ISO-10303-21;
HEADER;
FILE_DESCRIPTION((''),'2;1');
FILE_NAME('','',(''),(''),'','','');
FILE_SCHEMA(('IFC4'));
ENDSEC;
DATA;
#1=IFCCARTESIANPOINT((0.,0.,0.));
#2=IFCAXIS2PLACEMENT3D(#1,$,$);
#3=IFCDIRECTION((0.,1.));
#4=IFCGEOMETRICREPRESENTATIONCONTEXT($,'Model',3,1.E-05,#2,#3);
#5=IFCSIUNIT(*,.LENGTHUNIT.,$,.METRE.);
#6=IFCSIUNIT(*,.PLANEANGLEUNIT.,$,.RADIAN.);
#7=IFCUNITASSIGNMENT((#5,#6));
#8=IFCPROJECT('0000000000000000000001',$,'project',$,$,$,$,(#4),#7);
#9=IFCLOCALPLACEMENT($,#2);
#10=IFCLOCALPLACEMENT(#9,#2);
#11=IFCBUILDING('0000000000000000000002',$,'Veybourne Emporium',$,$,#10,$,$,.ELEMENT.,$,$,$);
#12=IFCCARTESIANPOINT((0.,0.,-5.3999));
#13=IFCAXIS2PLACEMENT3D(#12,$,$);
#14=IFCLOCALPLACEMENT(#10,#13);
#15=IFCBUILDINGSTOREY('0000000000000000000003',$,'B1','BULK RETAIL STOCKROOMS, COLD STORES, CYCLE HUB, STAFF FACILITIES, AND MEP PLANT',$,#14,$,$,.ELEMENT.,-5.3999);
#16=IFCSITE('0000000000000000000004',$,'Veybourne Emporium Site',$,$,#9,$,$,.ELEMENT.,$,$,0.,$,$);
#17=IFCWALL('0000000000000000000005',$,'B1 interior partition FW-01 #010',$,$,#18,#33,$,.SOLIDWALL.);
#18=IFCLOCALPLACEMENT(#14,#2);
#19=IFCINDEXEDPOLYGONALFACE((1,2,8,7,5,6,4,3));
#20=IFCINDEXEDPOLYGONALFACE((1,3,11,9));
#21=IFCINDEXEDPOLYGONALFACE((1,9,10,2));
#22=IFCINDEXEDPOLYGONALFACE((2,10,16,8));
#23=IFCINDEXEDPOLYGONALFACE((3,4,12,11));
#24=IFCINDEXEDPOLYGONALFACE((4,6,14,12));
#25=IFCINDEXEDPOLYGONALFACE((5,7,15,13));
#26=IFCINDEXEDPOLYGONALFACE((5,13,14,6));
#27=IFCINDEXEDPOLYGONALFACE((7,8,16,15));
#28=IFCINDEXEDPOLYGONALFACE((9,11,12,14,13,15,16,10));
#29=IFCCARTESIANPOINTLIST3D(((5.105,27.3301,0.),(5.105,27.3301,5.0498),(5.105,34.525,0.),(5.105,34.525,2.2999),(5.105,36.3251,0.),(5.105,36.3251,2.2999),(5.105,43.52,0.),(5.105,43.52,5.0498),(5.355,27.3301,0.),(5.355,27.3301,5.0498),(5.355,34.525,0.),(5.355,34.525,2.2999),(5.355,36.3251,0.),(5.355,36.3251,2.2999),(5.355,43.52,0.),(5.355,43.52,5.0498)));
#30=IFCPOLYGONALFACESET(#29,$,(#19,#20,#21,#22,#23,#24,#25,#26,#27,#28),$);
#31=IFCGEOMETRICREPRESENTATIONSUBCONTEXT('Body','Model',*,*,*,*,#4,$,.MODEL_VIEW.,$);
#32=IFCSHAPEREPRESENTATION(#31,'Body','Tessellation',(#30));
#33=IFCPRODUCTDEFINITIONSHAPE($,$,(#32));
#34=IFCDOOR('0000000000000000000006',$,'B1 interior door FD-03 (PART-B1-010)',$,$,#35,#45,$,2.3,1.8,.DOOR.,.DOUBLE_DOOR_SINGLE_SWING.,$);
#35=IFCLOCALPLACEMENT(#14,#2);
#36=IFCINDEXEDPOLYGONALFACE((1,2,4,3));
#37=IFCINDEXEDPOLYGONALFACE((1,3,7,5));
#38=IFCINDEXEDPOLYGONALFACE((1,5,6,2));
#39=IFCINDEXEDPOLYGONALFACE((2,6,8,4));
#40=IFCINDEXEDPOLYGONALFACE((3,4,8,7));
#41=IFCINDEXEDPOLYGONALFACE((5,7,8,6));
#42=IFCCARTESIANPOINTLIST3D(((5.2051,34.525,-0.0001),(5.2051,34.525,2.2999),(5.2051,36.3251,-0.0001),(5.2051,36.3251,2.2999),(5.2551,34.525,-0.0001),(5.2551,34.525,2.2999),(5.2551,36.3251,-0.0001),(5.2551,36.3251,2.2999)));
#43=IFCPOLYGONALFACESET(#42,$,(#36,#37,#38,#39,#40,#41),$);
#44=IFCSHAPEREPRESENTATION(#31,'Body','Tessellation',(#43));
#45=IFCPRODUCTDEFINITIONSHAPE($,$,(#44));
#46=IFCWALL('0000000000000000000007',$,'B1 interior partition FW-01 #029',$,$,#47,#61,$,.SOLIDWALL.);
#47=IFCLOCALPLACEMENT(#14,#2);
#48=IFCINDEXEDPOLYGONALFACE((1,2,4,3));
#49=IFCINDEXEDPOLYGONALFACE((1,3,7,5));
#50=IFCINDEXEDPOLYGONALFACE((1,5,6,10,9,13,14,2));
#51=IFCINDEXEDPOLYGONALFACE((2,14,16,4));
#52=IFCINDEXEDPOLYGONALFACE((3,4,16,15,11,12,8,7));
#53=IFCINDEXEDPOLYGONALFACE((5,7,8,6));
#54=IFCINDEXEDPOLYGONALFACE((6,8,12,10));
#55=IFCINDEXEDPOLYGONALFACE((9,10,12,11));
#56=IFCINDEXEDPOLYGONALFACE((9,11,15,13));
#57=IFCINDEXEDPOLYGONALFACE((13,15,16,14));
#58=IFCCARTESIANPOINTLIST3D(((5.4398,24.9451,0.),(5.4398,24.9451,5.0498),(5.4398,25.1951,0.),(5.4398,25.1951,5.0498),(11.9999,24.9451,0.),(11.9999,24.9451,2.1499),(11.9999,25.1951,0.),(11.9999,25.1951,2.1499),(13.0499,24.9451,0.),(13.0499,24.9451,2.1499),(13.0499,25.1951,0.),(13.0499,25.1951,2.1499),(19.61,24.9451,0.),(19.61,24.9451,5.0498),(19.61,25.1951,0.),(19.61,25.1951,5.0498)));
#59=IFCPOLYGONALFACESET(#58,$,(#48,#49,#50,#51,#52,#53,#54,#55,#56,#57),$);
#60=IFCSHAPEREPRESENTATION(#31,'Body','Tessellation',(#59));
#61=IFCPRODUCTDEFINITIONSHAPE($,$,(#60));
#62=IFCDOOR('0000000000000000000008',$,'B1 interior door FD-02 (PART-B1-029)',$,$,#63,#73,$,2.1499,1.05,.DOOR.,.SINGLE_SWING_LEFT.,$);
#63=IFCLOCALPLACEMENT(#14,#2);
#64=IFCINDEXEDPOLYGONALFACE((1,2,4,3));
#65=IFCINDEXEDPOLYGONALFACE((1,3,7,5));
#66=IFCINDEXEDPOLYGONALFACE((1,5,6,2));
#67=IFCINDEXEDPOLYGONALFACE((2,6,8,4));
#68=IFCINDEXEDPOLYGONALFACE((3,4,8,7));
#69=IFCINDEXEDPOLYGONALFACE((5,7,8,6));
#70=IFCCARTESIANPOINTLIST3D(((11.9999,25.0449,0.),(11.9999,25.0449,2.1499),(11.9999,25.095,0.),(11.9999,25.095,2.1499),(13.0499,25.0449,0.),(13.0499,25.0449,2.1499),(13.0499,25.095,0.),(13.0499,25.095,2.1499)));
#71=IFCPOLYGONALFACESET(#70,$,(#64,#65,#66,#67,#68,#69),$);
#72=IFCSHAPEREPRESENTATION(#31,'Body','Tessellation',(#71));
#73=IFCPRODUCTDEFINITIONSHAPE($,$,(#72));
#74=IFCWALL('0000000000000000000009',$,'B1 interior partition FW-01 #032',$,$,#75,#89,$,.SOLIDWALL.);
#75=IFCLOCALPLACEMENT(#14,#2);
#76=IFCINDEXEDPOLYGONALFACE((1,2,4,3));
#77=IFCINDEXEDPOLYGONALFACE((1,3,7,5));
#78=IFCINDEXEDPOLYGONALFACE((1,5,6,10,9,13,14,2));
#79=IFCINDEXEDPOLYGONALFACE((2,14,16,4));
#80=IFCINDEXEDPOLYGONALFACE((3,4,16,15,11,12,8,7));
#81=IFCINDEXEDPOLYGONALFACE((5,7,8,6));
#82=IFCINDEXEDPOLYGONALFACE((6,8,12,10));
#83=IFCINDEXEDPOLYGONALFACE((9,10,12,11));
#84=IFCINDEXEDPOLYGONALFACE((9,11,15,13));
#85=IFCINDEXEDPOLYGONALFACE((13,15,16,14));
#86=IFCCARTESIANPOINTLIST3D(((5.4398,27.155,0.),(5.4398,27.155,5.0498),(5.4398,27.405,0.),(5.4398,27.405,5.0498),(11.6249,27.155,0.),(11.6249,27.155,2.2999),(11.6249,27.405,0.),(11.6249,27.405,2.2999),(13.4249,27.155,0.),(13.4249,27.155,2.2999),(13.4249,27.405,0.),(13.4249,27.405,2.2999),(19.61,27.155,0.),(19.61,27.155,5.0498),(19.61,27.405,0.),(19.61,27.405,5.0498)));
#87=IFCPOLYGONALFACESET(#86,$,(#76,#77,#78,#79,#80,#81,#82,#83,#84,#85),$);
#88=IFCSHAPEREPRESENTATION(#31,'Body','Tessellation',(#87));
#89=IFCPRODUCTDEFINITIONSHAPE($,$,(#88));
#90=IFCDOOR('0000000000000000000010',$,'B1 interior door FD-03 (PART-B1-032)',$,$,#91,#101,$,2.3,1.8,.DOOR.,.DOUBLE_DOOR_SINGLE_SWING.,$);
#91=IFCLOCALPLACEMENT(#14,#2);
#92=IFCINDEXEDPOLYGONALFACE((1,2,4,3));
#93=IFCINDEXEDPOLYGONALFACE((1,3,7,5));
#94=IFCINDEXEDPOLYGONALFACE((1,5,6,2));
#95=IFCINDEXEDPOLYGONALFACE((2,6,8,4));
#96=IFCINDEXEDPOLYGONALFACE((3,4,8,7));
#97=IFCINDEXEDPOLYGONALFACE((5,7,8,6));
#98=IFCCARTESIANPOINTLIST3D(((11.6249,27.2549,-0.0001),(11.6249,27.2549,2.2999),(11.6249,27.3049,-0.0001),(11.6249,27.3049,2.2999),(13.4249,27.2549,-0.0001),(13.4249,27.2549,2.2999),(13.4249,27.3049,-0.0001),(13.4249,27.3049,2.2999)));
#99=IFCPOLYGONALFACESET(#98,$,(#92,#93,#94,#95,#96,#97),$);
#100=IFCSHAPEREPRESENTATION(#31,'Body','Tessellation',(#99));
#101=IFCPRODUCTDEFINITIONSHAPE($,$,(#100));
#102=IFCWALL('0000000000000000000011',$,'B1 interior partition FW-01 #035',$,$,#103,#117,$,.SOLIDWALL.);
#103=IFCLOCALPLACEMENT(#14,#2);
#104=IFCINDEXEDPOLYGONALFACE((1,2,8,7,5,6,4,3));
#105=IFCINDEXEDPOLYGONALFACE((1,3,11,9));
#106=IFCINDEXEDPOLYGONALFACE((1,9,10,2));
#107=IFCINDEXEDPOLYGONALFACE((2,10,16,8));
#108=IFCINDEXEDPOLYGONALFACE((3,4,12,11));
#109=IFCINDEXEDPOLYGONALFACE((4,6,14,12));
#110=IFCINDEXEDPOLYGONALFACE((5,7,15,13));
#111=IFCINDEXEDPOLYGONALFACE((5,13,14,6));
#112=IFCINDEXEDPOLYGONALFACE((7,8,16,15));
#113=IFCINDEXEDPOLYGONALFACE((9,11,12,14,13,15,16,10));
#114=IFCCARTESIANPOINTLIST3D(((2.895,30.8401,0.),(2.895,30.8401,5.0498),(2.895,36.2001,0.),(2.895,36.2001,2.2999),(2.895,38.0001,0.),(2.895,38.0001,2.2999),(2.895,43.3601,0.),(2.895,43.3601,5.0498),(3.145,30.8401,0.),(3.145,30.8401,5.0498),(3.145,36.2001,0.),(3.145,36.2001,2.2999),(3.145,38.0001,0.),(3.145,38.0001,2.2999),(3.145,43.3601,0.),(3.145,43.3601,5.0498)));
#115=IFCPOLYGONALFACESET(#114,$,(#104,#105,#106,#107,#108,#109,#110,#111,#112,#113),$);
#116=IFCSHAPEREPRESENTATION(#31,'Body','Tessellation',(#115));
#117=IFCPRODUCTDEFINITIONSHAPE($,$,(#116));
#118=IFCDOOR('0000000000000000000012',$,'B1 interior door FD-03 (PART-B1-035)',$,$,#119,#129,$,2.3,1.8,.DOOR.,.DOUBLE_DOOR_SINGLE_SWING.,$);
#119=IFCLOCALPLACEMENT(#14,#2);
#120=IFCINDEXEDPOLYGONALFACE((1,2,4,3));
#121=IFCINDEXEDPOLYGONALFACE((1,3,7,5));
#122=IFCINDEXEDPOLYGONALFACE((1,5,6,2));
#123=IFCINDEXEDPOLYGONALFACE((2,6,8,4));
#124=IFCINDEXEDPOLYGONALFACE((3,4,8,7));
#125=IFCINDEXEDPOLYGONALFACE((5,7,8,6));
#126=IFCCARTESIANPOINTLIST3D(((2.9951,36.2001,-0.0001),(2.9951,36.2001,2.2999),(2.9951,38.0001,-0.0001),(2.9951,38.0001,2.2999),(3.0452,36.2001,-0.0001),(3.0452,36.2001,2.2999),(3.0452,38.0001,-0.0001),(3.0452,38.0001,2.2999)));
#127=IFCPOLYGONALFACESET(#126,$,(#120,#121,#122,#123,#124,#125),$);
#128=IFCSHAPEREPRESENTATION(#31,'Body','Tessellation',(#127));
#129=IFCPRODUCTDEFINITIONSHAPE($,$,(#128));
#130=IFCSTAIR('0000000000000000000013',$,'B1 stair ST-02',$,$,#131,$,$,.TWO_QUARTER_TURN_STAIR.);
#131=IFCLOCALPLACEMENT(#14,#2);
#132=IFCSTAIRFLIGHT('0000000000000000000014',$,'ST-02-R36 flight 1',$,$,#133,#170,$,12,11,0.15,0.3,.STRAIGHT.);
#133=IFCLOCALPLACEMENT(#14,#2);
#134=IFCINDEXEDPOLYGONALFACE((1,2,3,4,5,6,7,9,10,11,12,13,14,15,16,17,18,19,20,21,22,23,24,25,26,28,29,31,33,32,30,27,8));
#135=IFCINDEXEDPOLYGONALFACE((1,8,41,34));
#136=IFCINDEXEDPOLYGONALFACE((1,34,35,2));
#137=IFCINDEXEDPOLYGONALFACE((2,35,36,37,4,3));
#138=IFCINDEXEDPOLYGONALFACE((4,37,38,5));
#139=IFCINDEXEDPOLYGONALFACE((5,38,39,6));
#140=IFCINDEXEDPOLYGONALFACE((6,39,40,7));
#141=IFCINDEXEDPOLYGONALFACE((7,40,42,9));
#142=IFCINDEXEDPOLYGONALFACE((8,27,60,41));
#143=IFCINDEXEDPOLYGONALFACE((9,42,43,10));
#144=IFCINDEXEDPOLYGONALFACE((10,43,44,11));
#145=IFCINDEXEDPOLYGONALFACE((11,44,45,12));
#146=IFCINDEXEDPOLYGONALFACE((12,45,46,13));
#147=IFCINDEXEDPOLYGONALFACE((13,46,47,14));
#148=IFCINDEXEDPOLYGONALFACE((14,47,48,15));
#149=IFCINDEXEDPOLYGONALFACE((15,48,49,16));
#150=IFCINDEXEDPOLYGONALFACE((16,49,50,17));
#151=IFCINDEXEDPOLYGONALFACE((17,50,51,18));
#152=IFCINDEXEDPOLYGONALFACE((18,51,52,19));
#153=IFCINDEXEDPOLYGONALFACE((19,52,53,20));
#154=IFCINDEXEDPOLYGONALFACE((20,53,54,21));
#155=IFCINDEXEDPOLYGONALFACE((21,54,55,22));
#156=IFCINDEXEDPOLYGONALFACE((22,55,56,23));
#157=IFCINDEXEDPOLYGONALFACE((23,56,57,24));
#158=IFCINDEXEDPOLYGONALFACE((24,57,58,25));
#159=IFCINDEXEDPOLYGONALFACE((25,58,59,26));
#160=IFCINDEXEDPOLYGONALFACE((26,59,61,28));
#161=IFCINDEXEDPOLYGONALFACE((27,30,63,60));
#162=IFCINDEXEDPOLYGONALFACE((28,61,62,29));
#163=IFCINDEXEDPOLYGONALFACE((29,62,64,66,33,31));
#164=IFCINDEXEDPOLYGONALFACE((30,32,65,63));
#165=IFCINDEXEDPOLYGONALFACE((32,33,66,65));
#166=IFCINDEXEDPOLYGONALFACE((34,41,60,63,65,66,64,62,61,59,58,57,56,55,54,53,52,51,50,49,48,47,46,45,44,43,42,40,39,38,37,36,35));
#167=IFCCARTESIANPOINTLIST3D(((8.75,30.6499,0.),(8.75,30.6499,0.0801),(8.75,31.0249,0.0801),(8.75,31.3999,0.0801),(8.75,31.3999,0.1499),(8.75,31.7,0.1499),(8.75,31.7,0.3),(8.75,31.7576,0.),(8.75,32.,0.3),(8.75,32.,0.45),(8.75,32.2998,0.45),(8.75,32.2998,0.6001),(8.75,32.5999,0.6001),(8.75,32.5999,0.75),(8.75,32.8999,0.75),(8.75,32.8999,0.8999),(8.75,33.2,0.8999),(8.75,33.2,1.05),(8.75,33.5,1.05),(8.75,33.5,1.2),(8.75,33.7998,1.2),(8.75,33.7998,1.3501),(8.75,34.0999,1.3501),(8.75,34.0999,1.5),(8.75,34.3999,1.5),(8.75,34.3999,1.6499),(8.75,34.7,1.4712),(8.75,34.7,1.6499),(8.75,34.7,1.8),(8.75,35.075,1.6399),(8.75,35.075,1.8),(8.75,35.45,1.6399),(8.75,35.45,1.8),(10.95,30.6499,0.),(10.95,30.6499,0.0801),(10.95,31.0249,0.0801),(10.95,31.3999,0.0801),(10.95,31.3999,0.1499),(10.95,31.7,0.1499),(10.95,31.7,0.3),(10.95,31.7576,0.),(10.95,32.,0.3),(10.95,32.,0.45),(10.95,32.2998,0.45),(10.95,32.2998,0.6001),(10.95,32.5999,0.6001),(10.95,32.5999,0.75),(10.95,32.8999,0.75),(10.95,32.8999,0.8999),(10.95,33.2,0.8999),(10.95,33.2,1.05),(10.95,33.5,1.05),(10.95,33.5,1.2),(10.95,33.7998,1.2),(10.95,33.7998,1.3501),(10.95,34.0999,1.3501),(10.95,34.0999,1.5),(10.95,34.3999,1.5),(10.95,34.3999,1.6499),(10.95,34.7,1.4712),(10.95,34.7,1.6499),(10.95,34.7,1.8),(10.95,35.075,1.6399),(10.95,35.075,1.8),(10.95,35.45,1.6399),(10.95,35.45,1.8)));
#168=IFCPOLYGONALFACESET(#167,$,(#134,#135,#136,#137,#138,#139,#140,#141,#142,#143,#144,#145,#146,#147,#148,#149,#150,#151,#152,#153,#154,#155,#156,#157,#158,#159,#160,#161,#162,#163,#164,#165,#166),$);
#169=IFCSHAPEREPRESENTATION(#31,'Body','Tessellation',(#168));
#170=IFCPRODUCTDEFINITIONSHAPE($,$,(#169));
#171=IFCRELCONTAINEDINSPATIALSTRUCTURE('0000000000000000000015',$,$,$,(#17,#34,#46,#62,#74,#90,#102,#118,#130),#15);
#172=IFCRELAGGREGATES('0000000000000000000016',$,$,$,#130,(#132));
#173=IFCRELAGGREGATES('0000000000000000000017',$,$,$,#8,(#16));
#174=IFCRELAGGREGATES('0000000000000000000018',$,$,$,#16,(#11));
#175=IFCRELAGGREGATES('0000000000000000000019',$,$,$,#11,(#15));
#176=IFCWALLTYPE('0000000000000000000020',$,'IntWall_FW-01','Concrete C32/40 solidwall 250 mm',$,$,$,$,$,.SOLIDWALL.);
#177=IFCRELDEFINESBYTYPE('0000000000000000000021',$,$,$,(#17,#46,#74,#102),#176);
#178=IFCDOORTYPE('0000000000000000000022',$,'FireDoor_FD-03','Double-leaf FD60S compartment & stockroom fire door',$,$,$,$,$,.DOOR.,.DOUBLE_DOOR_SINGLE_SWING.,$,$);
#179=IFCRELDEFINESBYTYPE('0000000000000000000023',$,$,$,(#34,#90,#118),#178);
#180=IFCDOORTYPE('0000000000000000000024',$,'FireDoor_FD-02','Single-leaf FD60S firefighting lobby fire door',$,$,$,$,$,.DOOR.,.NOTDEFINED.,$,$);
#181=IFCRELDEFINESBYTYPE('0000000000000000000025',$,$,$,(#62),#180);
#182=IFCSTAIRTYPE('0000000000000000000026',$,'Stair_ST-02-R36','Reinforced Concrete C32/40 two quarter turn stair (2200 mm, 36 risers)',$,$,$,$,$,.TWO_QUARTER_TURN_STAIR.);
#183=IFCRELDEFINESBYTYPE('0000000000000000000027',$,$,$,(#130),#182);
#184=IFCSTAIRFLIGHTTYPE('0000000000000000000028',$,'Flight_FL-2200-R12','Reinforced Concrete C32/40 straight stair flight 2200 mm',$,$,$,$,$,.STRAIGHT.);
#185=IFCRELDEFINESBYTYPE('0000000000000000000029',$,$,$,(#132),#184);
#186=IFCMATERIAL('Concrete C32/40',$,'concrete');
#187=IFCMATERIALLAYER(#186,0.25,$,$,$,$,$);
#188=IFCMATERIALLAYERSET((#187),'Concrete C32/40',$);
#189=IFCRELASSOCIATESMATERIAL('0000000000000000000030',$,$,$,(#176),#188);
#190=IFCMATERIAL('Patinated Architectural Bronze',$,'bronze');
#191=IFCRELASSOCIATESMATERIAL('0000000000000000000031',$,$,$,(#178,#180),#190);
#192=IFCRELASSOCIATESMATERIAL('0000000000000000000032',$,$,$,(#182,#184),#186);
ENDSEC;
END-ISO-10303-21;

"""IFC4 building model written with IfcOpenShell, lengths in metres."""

from ifc_helpers import new_model, si_unit, direction, frame, frame_2d, origin, place, context, subcontext, project, spatial, polyline, rectangle, outline, extrude, material, layer, layer_set, type_object, element, fill, aggregate, save


model = new_model("IFC4")

# Units and contexts
model_context = context("Model", 3, precision=1e-05, world=origin(), true_north=direction((0.0, 1.0)))
body_context = subcontext(model_context, "Body", "Model", "MODEL_VIEW")
ifc_project = project(units=[si_unit("LENGTHUNIT", "METRE"), si_unit("PLANEANGLEUNIT", "RADIAN")], contexts=[model_context])

# Site, building, storey
site_placement = place(None, origin())
site = spatial("IfcSite", under=ifc_project, at=site_placement, Name="Veybourne Emporium Site", CompositionType="ELEMENT", RefElevation=0.0)
building_placement = place(site_placement, origin())
building = spatial("IfcBuilding", under=site, at=building_placement, Name="Veybourne Emporium", CompositionType="ELEMENT")
storey_placement = place(building_placement, frame((0.0, 0.0, -5.3999)))
storey = spatial("IfcBuildingStorey", under=building, at=storey_placement, Name="B1", Description="BULK RETAIL STOCKROOMS, COLD STORES, CYCLE HUB, STAFF FACILITIES, AND MEP PLANT", CompositionType="ELEMENT", Elevation=-5.3999)

# Shared definitions
ifc_material_1 = material(Name="Concrete C32/40", Category="concrete")

# Walls, openings, doors
ifc_layer = layer(ifc_material_1, 0.25)
ifc_layer_set = layer_set([ifc_layer], Name="Concrete C32/40")
wall_type = type_object("IfcWallType", Name="IntWall_FW-01", Description="Concrete C32/40 solidwall 250 mm", PredefinedType="SOLIDWALL", material=ifc_layer_set)
wall_1_placement = place(storey_placement, frame((5.23, 27.3301, 0.0), z_axis=(0.0, 0.0, 1.0), x_axis=(0.0, 1.0, 0.0)))
wall_1 = element("IfcWall", 1, at=wall_1_placement, inside=storey, type_object=wall_type, Name="B1 interior partition FW-01 #010", PredefinedType="SOLIDWALL", context=body_context, shape_type="SweptSolid", body=[
    extrude(rectangle(XDim=16.1899, YDim=0.25, at=frame_2d((8.095, 0.0))), origin(), (0.0, 0.0, 1.0), 5.0498),
])
opening_1_placement = place(wall_1_placement, frame((7.1951, 0.0, 0.0)))
opening_1 = element("IfcOpeningElement", 2, at=opening_1_placement, cuts=wall_1, PredefinedType="OPENING", context=body_context, shape_type="SweptSolid", body=[
    extrude(rectangle(XDim=1.8, YDim=2.3, at=frame_2d((0.8999, 1.1499))), frame((0.0, 0.145, 0.0), z_axis=(0.0, -1.0, 0.0), x_axis=(1.0, 0.0, 0.0)), (0.0, 0.0, 1.0), 0.29),
])
ifc_material_2 = material(Name="Patinated Architectural Bronze", Category="bronze")
door_type_1 = type_object("IfcDoorType", Name="FireDoor_FD-03", Description="Double-leaf FD60S compartment & stockroom fire door", OperationType="DOUBLE_DOOR_SINGLE_SWING", PredefinedType="DOOR", material=ifc_material_2)
door_1_placement = place(opening_1_placement, origin())
door_1 = element("IfcDoor", 3, at=door_1_placement, inside=storey, type_object=door_type_1, Name="B1 interior door FD-03 (PART-B1-010)", OperationType="DOUBLE_DOOR_SINGLE_SWING", OverallHeight=2.3, OverallWidth=1.8, PredefinedType="DOOR", context=body_context, shape_type="SweptSolid", body=[
    extrude(rectangle(XDim=1.8, YDim=2.3, at=frame_2d((0.8999, 1.1499))), frame((0.0, 0.0249, 0.0), z_axis=(0.0, -1.0, 0.0), x_axis=(1.0, 0.0, 0.0)), (0.0, 0.0, 1.0), 0.05),
])
fill(opening_1, door_1)
wall_2_placement = place(storey_placement, frame((5.4399, 25.0701, 0.0), z_axis=(0.0, 0.0, 1.0), x_axis=(1.0, 0.0, 0.0)))
wall_2 = element("IfcWall", 4, at=wall_2_placement, inside=storey, type_object=wall_type, Name="B1 interior partition FW-01 #029", PredefinedType="SOLIDWALL", context=body_context, shape_type="SweptSolid", body=[
    extrude(rectangle(XDim=14.1702, YDim=0.25, at=frame_2d((7.085, 0.0))), origin(), (0.0, 0.0, 1.0), 5.0498),
])
opening_2_placement = place(wall_2_placement, frame((6.5601, 0.0, 0.0)))
opening_2 = element("IfcOpeningElement", 5, at=opening_2_placement, cuts=wall_2, PredefinedType="OPENING", context=body_context, shape_type="SweptSolid", body=[
    extrude(rectangle(XDim=1.05, YDim=2.1499, at=frame_2d((0.5249, 1.075))), frame((0.0, 0.145, 0.0), z_axis=(0.0, -1.0, 0.0), x_axis=(1.0, 0.0, 0.0)), (0.0, 0.0, 1.0), 0.29),
])
door_type_2 = type_object("IfcDoorType", Name="FireDoor_FD-02", Description="Single-leaf FD60S firefighting lobby fire door", OperationType="NOTDEFINED", PredefinedType="DOOR", material=ifc_material_2)
door_2_placement = place(opening_2_placement, origin())
door_2 = element("IfcDoor", 6, at=door_2_placement, inside=storey, type_object=door_type_2, Name="B1 interior door FD-02 (PART-B1-029)", OperationType="SINGLE_SWING_LEFT", OverallHeight=2.1499, OverallWidth=1.05, PredefinedType="DOOR", context=body_context, shape_type="SweptSolid", body=[
    extrude(rectangle(XDim=1.05, YDim=2.1499, at=frame_2d((0.5249, 1.075))), frame((0.0, 0.0249, 0.0), z_axis=(0.0, -1.0, 0.0), x_axis=(1.0, 0.0, 0.0)), (0.0, 0.0, 1.0), 0.05),
])
fill(opening_2, door_2)
wall_3_placement = place(storey_placement, frame((5.4399, 27.28, 0.0), z_axis=(0.0, 0.0, 1.0), x_axis=(1.0, 0.0, 0.0)))
wall_3 = element("IfcWall", 7, at=wall_3_placement, inside=storey, type_object=wall_type, Name="B1 interior partition FW-01 #032", PredefinedType="SOLIDWALL", context=body_context, shape_type="SweptSolid", body=[
    extrude(rectangle(XDim=14.1702, YDim=0.25, at=frame_2d((7.085, 0.0))), origin(), (0.0, 0.0, 1.0), 5.0498),
])
opening_3_placement = place(wall_3_placement, frame((6.1851, 0.0, 0.0)))
opening_3 = element("IfcOpeningElement", 8, at=opening_3_placement, cuts=wall_3, PredefinedType="OPENING", context=body_context, shape_type="SweptSolid", body=[
    extrude(rectangle(XDim=1.8, YDim=2.3, at=frame_2d((0.8999, 1.1499))), frame((0.0, 0.145, 0.0), z_axis=(0.0, -1.0, 0.0), x_axis=(1.0, 0.0, 0.0)), (0.0, 0.0, 1.0), 0.29),
])
door_3_placement = place(opening_3_placement, origin())
door_3 = element("IfcDoor", 9, at=door_3_placement, inside=storey, type_object=door_type_1, Name="B1 interior door FD-03 (PART-B1-032)", OperationType="DOUBLE_DOOR_SINGLE_SWING", OverallHeight=2.3, OverallWidth=1.8, PredefinedType="DOOR", context=body_context, shape_type="SweptSolid", body=[
    extrude(rectangle(XDim=1.8, YDim=2.3, at=frame_2d((0.8999, 1.1499))), frame((0.0, 0.0249, 0.0), z_axis=(0.0, -1.0, 0.0), x_axis=(1.0, 0.0, 0.0)), (0.0, 0.0, 1.0), 0.05),
])
fill(opening_3, door_3)
wall_4_placement = place(storey_placement, frame((3.02, 30.8401, 0.0), z_axis=(0.0, 0.0, 1.0), x_axis=(0.0, 1.0, 0.0)))
wall_4 = element("IfcWall", 10, at=wall_4_placement, inside=storey, type_object=wall_type, Name="B1 interior partition FW-01 #035", PredefinedType="SOLIDWALL", context=body_context, shape_type="SweptSolid", body=[
    extrude(rectangle(XDim=12.52, YDim=0.25, at=frame_2d((6.26, 0.0))), origin(), (0.0, 0.0, 1.0), 5.0498),
])
opening_4_placement = place(wall_4_placement, frame((5.3601, 0.0, 0.0)))
opening_4 = element("IfcOpeningElement", 11, at=opening_4_placement, cuts=wall_4, PredefinedType="OPENING", context=body_context, shape_type="SweptSolid", body=[
    extrude(rectangle(XDim=1.8, YDim=2.3, at=frame_2d((0.8999, 1.1499))), frame((0.0, 0.145, 0.0), z_axis=(0.0, -1.0, 0.0), x_axis=(1.0, 0.0, 0.0)), (0.0, 0.0, 1.0), 0.29),
])
door_4_placement = place(opening_4_placement, origin())
door_4 = element("IfcDoor", 12, at=door_4_placement, inside=storey, type_object=door_type_1, Name="B1 interior door FD-03 (PART-B1-035)", OperationType="DOUBLE_DOOR_SINGLE_SWING", OverallHeight=2.3, OverallWidth=1.8, PredefinedType="DOOR", context=body_context, shape_type="SweptSolid", body=[
    extrude(rectangle(XDim=1.8, YDim=2.3, at=frame_2d((0.8999, 1.1499))), frame((0.0, 0.0249, 0.0), z_axis=(0.0, -1.0, 0.0), x_axis=(1.0, 0.0, 0.0)), (0.0, 0.0, 1.0), 0.05),
])
fill(opening_4, door_4)

# Stair, stair flight
stair_type = type_object("IfcStairType", Name="Stair_ST-02-R36", Description="Reinforced Concrete C32/40 two quarter turn stair (2200 mm, 36 risers)", PredefinedType="TWO_QUARTER_TURN_STAIR", material=ifc_material_1)
stair_placement = place(storey_placement, origin())
stair = element("IfcStair", 13, at=stair_placement, inside=storey, type_object=stair_type, Name="B1 stair ST-02", PredefinedType="TWO_QUARTER_TURN_STAIR")
stair_flight_type = type_object("IfcStairFlightType", Name="Flight_FL-2200-R12", Description="Reinforced Concrete C32/40 straight stair flight 2200 mm", PredefinedType="STRAIGHT", material=ifc_material_1)
stair_flight_placement = place(storey_placement, frame((9.8501, 31.3999, 0.0), z_axis=(0.0, 0.0, 1.0), x_axis=(0.0, 1.0, 0.0)))
stair_flight = element("IfcStairFlight", 14, at=stair_flight_placement, type_object=stair_flight_type, Name="ST-02-R36 flight 1", NumberOfRisers=12, NumberOfTreads=11, PredefinedType="STRAIGHT", RiserHeight=0.15, TreadLength=0.3, context=body_context, shape_type="SweptSolid", body=[
    extrude(outline(polyline([(-0.75, 0.0), (-0.75, 0.0801), (-0.375, 0.0801), (0.0, 0.0801), (0.0, 0.1499), (0.3, 0.1499), (0.3, 0.3), (0.6001, 0.3), (0.6001, 0.45), (0.8999, 0.45), (0.8999, 0.6001), (1.2, 0.6001), (1.2, 0.75), (1.5, 0.75), (1.5, 0.8999), (1.8, 0.8999), (1.8, 1.05), (2.1001, 1.05), (2.1001, 1.2), (2.3999, 1.2), (2.3999, 1.3501), (2.7, 1.3501), (2.7, 1.5), (3.0, 1.5), (3.0, 1.6499), (3.3, 1.6499), (3.3, 1.8), (3.675, 1.8), (4.05, 1.8), (4.05, 1.6399), (3.675, 1.6399), (3.3, 1.4712), (0.3577, 0.0), (-0.75, 0.0)])), frame((0.0, 1.1001, 0.0), z_axis=(0.0, -1.0, 0.0), x_axis=(1.0, 0.0, 0.0)), (0.0, 0.0, 1.0), 2.2),
])
aggregate(stair, [stair_flight])

save(model, "model.ifc")
